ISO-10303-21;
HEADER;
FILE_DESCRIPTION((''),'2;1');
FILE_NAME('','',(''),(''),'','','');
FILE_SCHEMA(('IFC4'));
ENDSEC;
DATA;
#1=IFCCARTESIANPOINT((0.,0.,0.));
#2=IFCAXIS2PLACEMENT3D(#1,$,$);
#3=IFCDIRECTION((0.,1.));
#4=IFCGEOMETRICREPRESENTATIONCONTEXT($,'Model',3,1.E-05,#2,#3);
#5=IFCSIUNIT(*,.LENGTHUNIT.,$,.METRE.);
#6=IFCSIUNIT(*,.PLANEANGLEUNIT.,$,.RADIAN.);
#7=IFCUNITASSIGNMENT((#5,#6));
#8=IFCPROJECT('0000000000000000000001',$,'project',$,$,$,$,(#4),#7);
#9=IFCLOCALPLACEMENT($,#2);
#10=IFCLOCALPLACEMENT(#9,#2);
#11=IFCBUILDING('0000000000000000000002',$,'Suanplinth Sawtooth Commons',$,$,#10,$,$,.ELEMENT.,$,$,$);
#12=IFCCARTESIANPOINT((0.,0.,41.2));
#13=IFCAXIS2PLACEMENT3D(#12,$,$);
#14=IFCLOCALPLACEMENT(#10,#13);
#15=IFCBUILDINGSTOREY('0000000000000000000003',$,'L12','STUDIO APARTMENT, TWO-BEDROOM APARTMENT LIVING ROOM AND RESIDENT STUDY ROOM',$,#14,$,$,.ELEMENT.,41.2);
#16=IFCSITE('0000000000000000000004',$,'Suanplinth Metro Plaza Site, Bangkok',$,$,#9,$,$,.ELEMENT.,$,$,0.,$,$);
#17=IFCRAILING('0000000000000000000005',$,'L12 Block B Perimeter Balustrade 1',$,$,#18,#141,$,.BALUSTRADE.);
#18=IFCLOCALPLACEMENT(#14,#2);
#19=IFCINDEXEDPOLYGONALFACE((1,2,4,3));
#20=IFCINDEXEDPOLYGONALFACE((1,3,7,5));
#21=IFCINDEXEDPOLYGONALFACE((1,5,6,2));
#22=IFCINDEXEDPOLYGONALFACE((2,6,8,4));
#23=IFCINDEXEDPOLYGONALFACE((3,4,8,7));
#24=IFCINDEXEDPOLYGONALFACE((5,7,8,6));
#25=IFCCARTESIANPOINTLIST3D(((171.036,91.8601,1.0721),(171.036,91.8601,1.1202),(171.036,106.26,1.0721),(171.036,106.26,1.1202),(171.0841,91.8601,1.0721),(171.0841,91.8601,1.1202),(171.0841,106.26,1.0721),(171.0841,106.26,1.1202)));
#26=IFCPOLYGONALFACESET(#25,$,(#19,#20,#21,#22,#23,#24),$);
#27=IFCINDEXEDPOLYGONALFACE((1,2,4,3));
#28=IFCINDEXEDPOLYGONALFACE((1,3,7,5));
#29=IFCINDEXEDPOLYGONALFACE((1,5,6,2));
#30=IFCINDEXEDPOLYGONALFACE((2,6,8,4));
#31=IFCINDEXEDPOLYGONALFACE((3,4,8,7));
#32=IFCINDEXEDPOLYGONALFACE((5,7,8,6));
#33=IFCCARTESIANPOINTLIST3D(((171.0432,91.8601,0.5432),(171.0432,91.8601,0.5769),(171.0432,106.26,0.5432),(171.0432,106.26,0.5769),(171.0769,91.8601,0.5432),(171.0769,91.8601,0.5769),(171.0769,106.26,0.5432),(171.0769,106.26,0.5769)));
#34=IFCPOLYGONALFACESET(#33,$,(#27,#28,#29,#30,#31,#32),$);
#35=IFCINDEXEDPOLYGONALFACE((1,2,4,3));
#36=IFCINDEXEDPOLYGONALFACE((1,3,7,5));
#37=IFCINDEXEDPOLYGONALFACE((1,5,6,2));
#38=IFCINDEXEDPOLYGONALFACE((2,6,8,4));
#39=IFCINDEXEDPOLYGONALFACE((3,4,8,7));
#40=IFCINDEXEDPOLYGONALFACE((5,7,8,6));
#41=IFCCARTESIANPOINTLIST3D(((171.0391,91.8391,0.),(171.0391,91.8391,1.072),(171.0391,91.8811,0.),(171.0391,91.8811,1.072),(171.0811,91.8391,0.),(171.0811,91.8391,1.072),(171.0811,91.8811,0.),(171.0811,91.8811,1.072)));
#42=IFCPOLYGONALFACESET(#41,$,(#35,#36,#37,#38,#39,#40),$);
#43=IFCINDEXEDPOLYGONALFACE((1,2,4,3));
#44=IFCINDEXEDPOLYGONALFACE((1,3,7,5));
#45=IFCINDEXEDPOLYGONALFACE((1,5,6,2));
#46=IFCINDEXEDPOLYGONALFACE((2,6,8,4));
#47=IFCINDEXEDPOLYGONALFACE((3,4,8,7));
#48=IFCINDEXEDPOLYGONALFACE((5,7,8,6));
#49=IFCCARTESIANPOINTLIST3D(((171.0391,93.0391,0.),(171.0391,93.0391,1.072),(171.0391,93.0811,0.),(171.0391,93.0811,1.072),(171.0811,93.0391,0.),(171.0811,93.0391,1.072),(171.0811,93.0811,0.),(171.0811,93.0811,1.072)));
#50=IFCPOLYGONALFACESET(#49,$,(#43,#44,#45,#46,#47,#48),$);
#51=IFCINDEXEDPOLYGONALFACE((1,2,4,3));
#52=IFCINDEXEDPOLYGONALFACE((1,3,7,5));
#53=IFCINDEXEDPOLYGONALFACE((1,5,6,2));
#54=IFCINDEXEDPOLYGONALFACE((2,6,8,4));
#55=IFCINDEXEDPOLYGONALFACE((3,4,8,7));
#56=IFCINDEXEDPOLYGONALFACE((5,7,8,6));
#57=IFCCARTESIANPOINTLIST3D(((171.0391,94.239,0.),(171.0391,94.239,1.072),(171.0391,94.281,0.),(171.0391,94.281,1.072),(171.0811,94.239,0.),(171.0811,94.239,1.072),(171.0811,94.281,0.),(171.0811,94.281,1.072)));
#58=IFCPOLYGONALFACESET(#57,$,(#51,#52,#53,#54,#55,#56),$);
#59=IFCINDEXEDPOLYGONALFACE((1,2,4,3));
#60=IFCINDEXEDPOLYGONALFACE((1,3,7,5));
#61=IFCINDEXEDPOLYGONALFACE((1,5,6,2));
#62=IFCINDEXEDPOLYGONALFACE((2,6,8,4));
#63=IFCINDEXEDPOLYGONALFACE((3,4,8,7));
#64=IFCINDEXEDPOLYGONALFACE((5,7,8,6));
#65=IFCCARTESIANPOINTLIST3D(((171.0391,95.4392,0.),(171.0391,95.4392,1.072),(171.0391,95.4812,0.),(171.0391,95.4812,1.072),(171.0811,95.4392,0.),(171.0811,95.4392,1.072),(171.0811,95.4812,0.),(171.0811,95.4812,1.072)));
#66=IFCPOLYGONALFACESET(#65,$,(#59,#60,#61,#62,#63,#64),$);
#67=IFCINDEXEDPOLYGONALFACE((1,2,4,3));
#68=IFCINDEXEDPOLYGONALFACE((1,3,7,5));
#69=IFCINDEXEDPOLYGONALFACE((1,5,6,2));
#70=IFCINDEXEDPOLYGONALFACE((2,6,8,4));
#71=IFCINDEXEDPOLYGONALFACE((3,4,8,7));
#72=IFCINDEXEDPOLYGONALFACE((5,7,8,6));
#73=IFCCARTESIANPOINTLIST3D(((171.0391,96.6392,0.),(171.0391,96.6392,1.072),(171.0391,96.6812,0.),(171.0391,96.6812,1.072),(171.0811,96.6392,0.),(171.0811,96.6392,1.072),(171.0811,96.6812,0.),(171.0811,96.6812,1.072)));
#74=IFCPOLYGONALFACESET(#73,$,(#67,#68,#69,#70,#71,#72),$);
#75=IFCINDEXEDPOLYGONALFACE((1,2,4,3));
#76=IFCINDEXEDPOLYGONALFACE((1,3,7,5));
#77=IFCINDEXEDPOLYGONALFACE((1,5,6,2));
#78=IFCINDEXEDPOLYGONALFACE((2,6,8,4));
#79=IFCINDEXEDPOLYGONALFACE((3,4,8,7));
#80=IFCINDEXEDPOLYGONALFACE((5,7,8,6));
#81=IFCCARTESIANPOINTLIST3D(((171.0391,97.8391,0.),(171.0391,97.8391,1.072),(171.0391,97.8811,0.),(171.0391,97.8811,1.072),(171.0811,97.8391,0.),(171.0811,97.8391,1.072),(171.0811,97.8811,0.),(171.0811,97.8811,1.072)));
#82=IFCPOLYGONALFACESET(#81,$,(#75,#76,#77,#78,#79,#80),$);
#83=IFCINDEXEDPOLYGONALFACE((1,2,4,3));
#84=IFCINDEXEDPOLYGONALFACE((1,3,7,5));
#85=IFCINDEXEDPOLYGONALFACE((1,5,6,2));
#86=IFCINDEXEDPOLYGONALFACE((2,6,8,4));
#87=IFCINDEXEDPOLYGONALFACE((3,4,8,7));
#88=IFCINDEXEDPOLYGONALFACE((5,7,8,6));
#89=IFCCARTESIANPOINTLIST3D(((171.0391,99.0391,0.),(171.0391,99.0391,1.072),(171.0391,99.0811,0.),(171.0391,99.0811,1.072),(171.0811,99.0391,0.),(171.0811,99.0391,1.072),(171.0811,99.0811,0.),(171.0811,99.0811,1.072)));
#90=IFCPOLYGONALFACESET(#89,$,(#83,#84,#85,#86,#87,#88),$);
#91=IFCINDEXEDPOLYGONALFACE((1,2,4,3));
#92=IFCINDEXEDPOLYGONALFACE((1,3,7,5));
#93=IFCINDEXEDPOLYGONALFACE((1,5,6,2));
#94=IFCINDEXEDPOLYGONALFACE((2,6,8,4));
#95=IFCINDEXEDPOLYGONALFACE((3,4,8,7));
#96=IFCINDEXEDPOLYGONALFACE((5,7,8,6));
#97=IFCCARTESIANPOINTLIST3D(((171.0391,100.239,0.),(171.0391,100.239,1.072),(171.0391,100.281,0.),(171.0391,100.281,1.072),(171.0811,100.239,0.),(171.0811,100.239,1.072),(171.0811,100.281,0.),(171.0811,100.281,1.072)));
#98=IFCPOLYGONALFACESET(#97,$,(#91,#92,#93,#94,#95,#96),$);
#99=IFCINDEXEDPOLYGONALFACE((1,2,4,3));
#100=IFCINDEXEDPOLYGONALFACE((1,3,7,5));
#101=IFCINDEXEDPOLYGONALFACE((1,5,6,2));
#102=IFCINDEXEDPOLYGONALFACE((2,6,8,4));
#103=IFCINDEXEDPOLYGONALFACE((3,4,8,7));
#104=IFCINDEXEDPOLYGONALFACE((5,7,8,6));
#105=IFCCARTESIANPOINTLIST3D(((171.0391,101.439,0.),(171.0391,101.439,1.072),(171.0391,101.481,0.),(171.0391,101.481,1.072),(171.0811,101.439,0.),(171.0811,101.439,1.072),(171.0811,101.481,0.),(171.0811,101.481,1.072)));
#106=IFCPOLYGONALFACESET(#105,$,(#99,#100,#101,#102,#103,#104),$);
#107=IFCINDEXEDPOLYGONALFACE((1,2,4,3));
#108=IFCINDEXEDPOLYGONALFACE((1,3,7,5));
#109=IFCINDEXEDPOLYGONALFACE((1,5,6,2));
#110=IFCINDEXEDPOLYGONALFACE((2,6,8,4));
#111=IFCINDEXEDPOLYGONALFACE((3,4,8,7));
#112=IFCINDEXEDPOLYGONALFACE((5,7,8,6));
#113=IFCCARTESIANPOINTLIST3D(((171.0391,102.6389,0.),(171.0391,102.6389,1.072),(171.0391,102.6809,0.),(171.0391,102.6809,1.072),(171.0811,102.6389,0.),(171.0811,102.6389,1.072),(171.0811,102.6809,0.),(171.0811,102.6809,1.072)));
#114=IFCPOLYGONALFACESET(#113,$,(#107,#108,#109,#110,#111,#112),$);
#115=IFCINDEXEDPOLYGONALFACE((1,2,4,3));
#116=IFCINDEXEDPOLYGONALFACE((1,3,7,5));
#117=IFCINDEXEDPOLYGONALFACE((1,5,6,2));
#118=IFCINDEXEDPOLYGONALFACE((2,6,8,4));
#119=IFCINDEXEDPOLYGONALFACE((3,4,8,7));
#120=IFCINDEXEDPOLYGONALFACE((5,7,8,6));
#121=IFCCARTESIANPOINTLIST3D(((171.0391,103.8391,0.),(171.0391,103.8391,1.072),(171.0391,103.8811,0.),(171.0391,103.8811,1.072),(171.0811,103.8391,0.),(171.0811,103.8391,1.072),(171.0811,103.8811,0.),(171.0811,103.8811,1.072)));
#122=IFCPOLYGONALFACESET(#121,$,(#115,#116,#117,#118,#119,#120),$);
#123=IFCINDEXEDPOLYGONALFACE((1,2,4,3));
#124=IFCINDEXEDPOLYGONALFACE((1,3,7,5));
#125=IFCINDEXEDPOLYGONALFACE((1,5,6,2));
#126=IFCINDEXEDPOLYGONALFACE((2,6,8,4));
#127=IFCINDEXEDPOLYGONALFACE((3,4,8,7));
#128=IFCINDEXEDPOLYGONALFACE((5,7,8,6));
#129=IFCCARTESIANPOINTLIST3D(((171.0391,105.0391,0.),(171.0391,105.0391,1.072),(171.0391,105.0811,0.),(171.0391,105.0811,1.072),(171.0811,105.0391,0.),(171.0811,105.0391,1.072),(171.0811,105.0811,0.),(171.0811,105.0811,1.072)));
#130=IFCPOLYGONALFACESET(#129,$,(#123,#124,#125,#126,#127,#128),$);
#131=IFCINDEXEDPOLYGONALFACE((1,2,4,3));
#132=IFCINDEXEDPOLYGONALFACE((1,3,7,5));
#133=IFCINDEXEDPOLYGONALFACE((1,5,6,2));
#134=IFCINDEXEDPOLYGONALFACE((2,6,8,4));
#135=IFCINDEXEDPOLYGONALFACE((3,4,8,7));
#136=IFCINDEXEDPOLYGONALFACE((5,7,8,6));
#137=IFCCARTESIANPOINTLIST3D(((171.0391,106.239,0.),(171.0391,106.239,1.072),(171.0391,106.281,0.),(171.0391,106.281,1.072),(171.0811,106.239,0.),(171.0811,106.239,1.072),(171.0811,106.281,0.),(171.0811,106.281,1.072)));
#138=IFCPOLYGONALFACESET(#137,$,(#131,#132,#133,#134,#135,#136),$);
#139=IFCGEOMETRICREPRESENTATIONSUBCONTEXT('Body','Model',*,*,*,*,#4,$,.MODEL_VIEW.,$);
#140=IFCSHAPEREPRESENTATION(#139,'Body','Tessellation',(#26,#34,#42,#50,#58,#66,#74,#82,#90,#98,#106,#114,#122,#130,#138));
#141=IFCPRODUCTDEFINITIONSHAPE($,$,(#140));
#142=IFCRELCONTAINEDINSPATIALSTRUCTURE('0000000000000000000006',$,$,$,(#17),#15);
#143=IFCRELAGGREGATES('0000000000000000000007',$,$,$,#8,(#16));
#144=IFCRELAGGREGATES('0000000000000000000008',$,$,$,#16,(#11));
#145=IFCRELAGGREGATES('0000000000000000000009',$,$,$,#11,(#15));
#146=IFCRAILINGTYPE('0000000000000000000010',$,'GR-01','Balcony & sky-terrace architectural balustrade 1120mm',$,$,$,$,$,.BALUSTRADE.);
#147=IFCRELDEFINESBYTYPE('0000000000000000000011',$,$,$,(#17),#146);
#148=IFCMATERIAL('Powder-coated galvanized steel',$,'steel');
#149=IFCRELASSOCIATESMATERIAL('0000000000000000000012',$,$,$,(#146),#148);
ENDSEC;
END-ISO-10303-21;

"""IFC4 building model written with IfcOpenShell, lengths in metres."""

from ifc_helpers import new_model, si_unit, direction, frame, origin, origin_2d, place, context, subcontext, project, spatial, rectangle, extrude, material, type_object, element, save


model = new_model("IFC4")

# Units and contexts
model_context = context("Model", 3, precision=1e-05, world=origin(), true_north=direction((0.0, 1.0)))
body_context = subcontext(model_context, "Body", "Model", "MODEL_VIEW")
ifc_project = project(units=[si_unit("LENGTHUNIT", "METRE"), si_unit("PLANEANGLEUNIT", "RADIAN")], contexts=[model_context])

# Site, building, storey
site_placement = place(None, origin())
site = spatial("IfcSite", under=ifc_project, at=site_placement, Name="Suanplinth Metro Plaza Site, Bangkok", CompositionType="ELEMENT", RefElevation=0.0)
building_placement = place(site_placement, origin())
building = spatial("IfcBuilding", under=site, at=building_placement, Name="Suanplinth Sawtooth Commons", CompositionType="ELEMENT")
storey_placement = place(building_placement, frame((0.0, 0.0, 41.2)))
storey = spatial("IfcBuildingStorey", under=building, at=storey_placement, Name="L12", Description="STUDIO APARTMENT, TWO-BEDROOM APARTMENT LIVING ROOM AND RESIDENT STUDY ROOM", CompositionType="ELEMENT", Elevation=41.2)

# Railing
ifc_material_1 = material(Name="Powder-coated galvanized steel", Category="steel")
railing_type = type_object("IfcRailingType", Name="GR-01", Description="Balcony & sky-terrace architectural balustrade 1120mm", PredefinedType="BALUSTRADE", material=ifc_material_1)
railing_placement = place(storey_placement, frame((171.0601, 91.8601, 0.0)))
element("IfcRailing", 1, at=railing_placement, inside=storey, type_object=railing_type, Name="L12 Block B Perimeter Balustrade 1", PredefinedType="BALUSTRADE", context=body_context, shape_type="SweptSolid", body=[
    extrude(rectangle(XDim=0.0481, YDim=0.0481, at=origin_2d()), frame((0.0, 0.0, 1.0962), z_axis=(0.0, 1.0, 0.0), x_axis=(-1.0, 0.0, 0.0)), (0.0, 0.0, 1.0), 14.3999),
    extrude(rectangle(XDim=0.0337, YDim=0.0337, at=origin_2d()), frame((0.0, 0.0, 0.5601), z_axis=(0.0, 1.0, 0.0), x_axis=(-1.0, 0.0, 0.0)), (0.0, 0.0, 1.0), 14.3999),
    extrude(rectangle(XDim=0.042, YDim=0.042, at=origin_2d()), origin(), (0.0, 0.0, 1.0), 1.072),
    extrude(rectangle(XDim=0.042, YDim=0.042, at=origin_2d()), frame((0.0, 1.2, 0.0)), (0.0, 0.0, 1.0), 1.072),
    extrude(rectangle(XDim=0.042, YDim=0.042, at=origin_2d()), frame((0.0, 2.3999, 0.0)), (0.0, 0.0, 1.0), 1.072),
    extrude(rectangle(XDim=0.042, YDim=0.042, at=origin_2d()), frame((0.0, 3.6001, 0.0)), (0.0, 0.0, 1.0), 1.072),
    extrude(rectangle(XDim=0.042, YDim=0.042, at=origin_2d()), frame((0.0, 4.8, 0.0)), (0.0, 0.0, 1.0), 1.072),
    extrude(rectangle(XDim=0.042, YDim=0.042, at=origin_2d()), frame((0.0, 6.0, 0.0)), (0.0, 0.0, 1.0), 1.072),
    extrude(rectangle(XDim=0.042, YDim=0.042, at=origin_2d()), frame((0.0, 7.2, 0.0)), (0.0, 0.0, 1.0), 1.072),
    extrude(rectangle(XDim=0.042, YDim=0.042, at=origin_2d()), frame((0.0, 8.3999, 0.0)), (0.0, 0.0, 1.0), 1.072),
    extrude(rectangle(XDim=0.042, YDim=0.042, at=origin_2d()), frame((0.0, 9.5999, 0.0)), (0.0, 0.0, 1.0), 1.072),
    extrude(rectangle(XDim=0.042, YDim=0.042, at=origin_2d()), frame((0.0, 10.7998, 0.0)), (0.0, 0.0, 1.0), 1.072),
    extrude(rectangle(XDim=0.042, YDim=0.042, at=origin_2d()), frame((0.0, 12.0, 0.0)), (0.0, 0.0, 1.0), 1.072),
    extrude(rectangle(XDim=0.042, YDim=0.042, at=origin_2d()), frame((0.0, 13.2, 0.0)), (0.0, 0.0, 1.0), 1.072),
    extrude(rectangle(XDim=0.042, YDim=0.042, at=origin_2d()), frame((0.0, 14.3999, 0.0)), (0.0, 0.0, 1.0), 1.072),
])

save(model, "model.ifc")
